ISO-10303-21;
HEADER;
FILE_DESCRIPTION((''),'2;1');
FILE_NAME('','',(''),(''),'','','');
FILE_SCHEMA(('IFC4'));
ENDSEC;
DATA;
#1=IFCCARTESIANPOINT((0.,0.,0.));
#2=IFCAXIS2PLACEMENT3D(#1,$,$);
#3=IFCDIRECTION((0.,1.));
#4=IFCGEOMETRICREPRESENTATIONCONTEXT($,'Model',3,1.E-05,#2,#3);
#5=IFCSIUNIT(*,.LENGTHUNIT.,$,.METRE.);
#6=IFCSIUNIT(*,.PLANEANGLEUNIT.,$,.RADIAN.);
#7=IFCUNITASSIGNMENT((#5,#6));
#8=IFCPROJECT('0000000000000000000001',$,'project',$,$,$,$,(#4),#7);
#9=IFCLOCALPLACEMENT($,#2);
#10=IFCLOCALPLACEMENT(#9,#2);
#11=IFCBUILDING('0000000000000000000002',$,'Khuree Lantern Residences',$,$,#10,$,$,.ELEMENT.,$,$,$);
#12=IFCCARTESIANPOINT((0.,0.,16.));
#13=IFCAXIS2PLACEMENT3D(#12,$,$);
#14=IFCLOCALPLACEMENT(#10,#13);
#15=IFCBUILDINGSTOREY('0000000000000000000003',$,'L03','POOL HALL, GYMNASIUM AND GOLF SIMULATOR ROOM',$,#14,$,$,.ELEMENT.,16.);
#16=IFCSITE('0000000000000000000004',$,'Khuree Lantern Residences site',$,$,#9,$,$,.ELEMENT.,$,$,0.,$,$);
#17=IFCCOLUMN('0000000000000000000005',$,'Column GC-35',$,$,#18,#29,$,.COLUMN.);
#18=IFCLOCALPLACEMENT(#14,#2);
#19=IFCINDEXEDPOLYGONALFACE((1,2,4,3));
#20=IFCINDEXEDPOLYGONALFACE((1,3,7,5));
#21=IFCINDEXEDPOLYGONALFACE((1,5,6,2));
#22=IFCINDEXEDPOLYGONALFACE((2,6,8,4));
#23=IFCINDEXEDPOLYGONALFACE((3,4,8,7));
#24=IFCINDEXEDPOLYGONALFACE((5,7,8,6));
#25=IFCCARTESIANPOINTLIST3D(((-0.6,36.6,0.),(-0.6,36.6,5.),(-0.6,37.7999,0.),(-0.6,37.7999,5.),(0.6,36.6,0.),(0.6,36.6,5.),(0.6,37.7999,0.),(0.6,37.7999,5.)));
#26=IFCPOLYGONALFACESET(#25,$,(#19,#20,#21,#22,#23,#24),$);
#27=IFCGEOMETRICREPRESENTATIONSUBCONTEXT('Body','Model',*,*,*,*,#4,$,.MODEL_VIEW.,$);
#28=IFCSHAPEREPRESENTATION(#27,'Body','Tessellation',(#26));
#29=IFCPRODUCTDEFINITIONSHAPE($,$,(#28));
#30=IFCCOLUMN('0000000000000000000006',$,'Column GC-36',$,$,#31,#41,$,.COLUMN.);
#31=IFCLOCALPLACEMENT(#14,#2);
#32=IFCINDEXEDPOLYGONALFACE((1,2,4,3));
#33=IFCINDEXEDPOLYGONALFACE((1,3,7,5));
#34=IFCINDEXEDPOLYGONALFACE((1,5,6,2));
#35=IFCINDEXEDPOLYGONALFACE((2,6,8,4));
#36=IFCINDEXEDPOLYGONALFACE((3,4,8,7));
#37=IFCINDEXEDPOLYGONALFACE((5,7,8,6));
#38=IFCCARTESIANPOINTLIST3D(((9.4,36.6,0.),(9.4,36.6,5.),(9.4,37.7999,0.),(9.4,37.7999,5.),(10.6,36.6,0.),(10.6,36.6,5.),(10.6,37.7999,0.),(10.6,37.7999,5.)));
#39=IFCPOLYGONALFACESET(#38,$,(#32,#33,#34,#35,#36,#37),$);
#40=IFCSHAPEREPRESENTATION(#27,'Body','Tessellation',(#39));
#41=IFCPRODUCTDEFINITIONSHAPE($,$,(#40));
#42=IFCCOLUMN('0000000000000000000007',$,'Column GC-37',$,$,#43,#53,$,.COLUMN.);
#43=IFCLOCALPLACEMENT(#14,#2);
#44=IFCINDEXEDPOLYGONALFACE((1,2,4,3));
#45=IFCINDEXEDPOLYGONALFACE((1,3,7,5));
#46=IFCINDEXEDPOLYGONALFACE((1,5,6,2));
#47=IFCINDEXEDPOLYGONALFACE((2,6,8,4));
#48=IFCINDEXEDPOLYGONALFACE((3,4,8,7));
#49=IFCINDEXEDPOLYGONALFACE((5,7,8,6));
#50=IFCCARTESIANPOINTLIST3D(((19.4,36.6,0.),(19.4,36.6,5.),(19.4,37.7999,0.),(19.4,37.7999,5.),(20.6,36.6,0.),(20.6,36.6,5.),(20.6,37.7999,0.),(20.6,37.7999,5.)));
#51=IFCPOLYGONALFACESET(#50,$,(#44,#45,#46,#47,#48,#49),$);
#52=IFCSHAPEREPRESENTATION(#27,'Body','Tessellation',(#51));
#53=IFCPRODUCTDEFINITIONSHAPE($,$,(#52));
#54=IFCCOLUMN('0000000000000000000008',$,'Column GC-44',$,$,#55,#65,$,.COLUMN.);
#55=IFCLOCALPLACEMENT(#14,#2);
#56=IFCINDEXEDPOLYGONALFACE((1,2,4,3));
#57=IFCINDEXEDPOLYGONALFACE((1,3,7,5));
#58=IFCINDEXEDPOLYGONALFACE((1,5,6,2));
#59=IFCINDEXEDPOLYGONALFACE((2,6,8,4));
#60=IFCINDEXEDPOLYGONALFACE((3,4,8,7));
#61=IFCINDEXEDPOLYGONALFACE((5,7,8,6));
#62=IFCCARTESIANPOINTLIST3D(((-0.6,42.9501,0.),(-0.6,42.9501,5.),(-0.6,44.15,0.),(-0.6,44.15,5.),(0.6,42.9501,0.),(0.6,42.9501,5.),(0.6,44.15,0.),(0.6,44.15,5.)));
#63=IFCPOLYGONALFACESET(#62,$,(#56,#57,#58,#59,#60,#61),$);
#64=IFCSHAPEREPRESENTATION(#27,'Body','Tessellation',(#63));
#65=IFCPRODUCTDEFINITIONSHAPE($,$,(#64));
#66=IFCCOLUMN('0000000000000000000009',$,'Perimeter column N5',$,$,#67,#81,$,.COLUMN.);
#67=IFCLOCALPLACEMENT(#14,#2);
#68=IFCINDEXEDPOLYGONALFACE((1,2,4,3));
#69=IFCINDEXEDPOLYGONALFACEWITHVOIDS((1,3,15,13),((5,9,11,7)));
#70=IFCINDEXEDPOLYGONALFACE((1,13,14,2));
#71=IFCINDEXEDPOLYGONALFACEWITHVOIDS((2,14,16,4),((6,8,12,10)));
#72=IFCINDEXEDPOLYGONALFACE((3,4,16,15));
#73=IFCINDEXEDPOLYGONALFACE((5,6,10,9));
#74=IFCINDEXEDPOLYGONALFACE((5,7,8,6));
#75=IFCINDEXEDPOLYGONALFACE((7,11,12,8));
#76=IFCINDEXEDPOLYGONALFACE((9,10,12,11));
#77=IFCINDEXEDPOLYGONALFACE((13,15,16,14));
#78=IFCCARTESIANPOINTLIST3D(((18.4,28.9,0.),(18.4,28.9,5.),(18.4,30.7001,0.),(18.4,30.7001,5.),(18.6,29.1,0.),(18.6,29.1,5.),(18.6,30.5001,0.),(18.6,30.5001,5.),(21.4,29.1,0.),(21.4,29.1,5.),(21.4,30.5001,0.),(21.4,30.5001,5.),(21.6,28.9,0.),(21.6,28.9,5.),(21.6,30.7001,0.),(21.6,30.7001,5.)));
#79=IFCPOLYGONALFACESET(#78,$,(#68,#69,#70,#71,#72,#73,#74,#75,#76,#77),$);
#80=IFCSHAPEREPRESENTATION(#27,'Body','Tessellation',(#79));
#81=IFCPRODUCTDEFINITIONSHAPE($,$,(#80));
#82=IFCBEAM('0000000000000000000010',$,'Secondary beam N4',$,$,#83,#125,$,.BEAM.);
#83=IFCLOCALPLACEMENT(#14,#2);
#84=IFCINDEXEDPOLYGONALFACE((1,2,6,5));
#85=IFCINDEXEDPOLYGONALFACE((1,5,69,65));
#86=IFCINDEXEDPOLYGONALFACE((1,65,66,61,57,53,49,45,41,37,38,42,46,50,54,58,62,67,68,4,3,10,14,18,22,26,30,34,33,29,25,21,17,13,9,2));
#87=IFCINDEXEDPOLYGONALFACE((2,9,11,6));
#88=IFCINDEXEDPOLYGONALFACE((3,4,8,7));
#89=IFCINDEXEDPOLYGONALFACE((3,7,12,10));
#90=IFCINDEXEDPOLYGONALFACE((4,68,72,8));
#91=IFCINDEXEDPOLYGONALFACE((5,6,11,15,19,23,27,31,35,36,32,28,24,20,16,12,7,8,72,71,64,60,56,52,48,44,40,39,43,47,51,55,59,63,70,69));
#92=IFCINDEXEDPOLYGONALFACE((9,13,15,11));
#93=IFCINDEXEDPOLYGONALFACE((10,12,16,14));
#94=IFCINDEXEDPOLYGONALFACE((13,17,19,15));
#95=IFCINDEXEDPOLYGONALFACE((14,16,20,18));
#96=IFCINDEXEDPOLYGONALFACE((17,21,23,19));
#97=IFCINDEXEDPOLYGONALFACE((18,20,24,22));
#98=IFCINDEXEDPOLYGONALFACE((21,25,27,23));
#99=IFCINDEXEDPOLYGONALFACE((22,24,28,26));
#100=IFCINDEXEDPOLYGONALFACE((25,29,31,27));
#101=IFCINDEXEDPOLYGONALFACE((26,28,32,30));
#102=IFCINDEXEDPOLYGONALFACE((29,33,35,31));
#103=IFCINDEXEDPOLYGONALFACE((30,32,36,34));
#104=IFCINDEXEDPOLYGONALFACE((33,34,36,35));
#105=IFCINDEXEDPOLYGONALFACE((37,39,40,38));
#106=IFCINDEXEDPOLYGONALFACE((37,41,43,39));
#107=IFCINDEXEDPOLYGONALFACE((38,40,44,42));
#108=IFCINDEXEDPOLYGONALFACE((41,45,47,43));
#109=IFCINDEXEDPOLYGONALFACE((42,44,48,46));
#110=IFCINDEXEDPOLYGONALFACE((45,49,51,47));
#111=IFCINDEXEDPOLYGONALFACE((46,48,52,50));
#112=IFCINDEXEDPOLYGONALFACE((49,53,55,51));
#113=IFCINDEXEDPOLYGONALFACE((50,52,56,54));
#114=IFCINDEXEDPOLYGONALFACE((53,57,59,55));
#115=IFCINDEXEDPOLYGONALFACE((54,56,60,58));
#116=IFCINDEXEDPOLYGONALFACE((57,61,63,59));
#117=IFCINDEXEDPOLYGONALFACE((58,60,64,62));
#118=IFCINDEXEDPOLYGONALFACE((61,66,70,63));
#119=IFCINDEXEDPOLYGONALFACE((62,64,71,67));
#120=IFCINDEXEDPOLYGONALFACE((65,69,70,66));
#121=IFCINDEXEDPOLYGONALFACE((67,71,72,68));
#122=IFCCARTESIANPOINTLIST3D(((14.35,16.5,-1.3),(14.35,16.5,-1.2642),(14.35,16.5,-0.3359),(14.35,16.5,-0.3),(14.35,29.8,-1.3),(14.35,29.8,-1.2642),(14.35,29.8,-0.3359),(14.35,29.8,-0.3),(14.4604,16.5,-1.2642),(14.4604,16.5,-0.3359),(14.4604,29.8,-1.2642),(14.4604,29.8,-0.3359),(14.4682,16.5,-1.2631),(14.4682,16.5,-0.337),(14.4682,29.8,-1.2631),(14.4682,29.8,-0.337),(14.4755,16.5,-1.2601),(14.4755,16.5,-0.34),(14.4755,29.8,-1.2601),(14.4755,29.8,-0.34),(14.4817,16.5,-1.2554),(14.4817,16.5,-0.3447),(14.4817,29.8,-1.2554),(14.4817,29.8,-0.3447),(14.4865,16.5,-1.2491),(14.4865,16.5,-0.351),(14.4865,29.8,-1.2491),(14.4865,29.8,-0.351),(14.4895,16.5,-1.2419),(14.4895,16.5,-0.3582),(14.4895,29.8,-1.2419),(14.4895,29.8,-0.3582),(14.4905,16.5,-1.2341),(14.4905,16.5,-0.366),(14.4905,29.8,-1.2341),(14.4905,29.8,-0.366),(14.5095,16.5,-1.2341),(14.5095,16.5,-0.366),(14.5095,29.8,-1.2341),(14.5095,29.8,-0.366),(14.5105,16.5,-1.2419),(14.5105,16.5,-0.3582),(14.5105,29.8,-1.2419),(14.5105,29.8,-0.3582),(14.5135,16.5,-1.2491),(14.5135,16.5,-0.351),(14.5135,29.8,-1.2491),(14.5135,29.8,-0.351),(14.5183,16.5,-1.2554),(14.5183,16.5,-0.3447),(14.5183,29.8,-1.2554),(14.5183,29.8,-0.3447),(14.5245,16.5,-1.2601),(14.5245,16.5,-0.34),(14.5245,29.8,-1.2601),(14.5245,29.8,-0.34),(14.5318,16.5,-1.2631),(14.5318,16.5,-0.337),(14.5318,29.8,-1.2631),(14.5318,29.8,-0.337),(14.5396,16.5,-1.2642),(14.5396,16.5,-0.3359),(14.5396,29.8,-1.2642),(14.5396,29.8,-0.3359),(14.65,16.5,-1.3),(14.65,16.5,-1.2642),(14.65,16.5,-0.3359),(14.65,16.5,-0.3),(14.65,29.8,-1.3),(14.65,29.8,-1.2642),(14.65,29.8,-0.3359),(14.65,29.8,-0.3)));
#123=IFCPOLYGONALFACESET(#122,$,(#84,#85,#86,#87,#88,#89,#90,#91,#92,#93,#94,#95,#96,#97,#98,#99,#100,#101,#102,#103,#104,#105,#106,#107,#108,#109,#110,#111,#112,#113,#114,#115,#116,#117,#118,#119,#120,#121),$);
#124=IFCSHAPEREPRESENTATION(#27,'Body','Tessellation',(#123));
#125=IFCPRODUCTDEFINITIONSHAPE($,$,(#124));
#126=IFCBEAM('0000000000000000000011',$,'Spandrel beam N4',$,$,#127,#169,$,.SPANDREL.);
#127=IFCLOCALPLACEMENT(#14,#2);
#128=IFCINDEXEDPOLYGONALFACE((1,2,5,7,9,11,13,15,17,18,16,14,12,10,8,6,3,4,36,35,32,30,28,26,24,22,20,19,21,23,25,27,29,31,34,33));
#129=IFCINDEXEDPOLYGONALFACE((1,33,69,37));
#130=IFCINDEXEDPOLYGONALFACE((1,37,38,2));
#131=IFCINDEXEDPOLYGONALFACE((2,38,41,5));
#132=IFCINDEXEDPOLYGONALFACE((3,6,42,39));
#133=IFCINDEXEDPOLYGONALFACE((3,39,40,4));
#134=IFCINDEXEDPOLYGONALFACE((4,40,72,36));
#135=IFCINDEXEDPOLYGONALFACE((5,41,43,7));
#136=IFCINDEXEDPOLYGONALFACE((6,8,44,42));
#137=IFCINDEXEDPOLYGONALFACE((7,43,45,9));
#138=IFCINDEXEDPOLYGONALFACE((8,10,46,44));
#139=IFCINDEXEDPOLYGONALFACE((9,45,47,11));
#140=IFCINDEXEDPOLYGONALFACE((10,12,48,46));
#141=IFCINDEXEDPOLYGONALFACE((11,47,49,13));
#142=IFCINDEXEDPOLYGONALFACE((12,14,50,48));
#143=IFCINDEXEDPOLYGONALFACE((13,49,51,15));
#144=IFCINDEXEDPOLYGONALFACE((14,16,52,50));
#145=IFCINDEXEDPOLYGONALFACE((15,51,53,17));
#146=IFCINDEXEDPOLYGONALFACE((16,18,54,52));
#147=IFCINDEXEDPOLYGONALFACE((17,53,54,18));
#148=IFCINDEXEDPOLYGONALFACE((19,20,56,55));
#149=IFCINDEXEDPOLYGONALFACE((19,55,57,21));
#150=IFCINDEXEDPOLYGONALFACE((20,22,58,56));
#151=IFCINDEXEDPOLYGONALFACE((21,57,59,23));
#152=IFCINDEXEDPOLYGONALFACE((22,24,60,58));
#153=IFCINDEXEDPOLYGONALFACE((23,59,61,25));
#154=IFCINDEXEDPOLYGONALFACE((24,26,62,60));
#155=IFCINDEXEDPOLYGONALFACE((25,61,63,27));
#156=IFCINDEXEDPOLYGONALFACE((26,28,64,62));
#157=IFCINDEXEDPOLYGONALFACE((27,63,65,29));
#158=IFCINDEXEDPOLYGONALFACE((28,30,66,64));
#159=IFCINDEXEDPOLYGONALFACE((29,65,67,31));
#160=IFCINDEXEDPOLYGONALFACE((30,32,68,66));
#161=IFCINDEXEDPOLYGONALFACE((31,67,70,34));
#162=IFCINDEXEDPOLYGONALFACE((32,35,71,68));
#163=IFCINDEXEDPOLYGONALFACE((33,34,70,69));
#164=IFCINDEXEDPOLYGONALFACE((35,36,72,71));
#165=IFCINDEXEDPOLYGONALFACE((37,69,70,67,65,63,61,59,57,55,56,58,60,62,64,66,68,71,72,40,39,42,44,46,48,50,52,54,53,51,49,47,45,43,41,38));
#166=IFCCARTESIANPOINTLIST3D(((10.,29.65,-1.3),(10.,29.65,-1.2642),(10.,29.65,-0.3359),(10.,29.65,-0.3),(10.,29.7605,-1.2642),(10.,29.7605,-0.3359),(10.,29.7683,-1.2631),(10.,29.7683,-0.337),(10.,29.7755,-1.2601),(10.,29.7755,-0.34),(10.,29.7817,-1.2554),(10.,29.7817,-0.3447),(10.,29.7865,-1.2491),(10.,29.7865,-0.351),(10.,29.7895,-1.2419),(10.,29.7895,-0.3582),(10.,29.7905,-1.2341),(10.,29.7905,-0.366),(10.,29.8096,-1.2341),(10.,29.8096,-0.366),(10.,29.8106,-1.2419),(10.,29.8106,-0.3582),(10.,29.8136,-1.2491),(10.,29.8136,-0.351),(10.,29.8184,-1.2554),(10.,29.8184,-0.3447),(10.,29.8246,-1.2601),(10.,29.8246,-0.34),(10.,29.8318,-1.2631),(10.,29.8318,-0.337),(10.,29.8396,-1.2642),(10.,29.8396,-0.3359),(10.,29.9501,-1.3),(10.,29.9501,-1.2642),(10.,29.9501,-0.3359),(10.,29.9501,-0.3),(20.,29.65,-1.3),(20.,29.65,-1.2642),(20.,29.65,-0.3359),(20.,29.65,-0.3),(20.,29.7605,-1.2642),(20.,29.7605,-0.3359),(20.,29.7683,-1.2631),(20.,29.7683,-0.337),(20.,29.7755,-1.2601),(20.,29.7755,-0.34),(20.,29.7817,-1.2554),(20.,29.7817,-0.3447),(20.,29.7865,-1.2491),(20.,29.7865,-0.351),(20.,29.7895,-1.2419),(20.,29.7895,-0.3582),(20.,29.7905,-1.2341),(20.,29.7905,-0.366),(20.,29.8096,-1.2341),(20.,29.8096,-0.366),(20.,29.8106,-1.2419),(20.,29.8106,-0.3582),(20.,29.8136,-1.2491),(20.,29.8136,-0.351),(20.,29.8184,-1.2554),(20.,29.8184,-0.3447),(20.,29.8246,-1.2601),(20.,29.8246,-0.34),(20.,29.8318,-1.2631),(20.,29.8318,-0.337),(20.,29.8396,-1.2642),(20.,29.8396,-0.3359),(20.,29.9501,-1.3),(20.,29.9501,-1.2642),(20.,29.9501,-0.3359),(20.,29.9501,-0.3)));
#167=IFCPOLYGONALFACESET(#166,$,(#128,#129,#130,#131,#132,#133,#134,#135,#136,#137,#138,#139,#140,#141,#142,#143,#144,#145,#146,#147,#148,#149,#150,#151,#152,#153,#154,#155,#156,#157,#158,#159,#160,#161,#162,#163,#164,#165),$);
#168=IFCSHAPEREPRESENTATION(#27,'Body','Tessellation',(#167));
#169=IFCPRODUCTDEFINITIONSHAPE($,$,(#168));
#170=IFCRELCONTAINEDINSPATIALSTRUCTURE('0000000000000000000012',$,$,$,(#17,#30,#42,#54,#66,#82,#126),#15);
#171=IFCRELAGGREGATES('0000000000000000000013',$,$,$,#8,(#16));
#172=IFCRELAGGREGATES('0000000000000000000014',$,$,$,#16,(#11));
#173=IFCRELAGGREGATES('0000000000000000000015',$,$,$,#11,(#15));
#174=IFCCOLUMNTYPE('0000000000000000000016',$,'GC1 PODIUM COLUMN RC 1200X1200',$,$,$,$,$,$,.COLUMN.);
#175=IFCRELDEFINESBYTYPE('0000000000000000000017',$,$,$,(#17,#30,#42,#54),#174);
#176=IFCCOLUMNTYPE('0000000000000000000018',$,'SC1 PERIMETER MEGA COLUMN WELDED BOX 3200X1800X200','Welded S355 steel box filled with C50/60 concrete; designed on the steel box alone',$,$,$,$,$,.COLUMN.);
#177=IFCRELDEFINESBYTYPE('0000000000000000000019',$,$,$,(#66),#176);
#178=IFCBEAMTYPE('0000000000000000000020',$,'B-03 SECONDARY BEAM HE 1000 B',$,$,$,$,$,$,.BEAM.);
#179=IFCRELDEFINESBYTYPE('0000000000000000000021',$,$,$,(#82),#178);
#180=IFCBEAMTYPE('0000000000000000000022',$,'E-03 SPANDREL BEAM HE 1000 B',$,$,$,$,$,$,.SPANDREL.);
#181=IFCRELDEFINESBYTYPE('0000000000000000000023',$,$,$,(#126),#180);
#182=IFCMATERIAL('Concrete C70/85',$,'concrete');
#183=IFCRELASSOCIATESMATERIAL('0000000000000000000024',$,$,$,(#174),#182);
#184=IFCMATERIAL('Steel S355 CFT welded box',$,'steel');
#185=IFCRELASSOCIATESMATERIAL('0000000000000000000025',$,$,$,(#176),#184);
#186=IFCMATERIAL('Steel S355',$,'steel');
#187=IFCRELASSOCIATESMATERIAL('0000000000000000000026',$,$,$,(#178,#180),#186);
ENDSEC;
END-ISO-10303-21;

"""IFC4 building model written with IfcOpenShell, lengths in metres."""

from ifc_helpers import new_model, si_unit, direction, frame, origin, origin_2d, place, context, subcontext, project, spatial, rectangle, hollow_rectangle, i_section, extrude, material, material_profile, profile_set, type_object, element, save


model = new_model("IFC4")

# Units and contexts
model_context = context("Model", 3, precision=1e-05, world=origin(), true_north=direction((0.0, 1.0)))
body_context = subcontext(model_context, "Body", "Model", "MODEL_VIEW")
ifc_project = project(units=[si_unit("LENGTHUNIT", "METRE"), si_unit("PLANEANGLEUNIT", "RADIAN")], contexts=[model_context])

# Site, building, storey
site_placement = place(None, origin())
site = spatial("IfcSite", under=ifc_project, at=site_placement, Name="Khuree Lantern Residences site", CompositionType="ELEMENT", RefElevation=0.0)
building_placement = place(site_placement, origin())
building = spatial("IfcBuilding", under=site, at=building_placement, Name="Khuree Lantern Residences", CompositionType="ELEMENT")
storey_placement = place(building_placement, frame((0.0, 0.0, 16.0)))
storey = spatial("IfcBuildingStorey", under=building, at=storey_placement, Name="L03", Description="POOL HALL, GYMNASIUM AND GOLF SIMULATOR ROOM", CompositionType="ELEMENT", Elevation=16.0)

# Columns
ifc_material_1 = material(Name="Concrete C70/85", Category="concrete")
ifc_material_profile_1 = material_profile(ifc_material_1, rectangle(XDim=1.2, YDim=1.2, at=origin_2d()), Name="RC 1200X1200")
ifc_profile_set_1 = profile_set([ifc_material_profile_1], Name="Concrete C70/85")
column_type_1 = type_object("IfcColumnType", Name="GC1 PODIUM COLUMN RC 1200X1200", PredefinedType="COLUMN", material=ifc_profile_set_1)
for number, where, z_axis, x_axis, name in (
    (1, (0.0, 37.2, 0.0), (0.0, 0.0, 1.0), (1.0, 0.0, 0.0), "Column GC-35"),
    (2, (10.0, 37.2, 0.0), (0.0, 0.0, 1.0), (1.0, 0.0, 0.0), "Column GC-36"),
    (3, (20.0, 37.2, 0.0), (0.0, 0.0, 1.0), (1.0, 0.0, 0.0), "Column GC-37"),
    (4, (0.0, 43.55, 0.0), (0.0, 0.0, 1.0), (1.0, 0.0, 0.0), "Column GC-44"),
):
    element("IfcColumn", number, at=place(storey_placement, frame(where, z_axis=z_axis, x_axis=x_axis)), inside=storey, type_object=column_type_1, Name=name, PredefinedType="COLUMN", context=body_context, shape_type="SweptSolid", body=[
        extrude(rectangle(XDim=1.2, YDim=1.2, at=origin_2d()), origin(), (0.0, 0.0, 1.0), 5.0),
    ])
ifc_material_2 = material(Name="Steel S355 CFT welded box", Category="steel")
ifc_material_profile_2 = material_profile(ifc_material_2, hollow_rectangle(XDim=3.2, YDim=1.8, WallThickness=0.2, at=origin_2d()), Name="WELDED BOX 3200X1800X200")
ifc_profile_set_2 = profile_set([ifc_material_profile_2], Name="Steel S355 CFT welded box")
column_type_2 = type_object("IfcColumnType", Name="SC1 PERIMETER MEGA COLUMN WELDED BOX 3200X1800X200", Description="Welded S355 steel box filled with C50/60 concrete; designed on the steel box alone", PredefinedType="COLUMN", material=ifc_profile_set_2)
column_placement = place(storey_placement, frame((20.0, 29.8, 0.0), z_axis=(0.0, 0.0, 1.0), x_axis=(1.0, 0.0, 0.0)))
element("IfcColumn", 5, at=column_placement, inside=storey, type_object=column_type_2, Name="Perimeter column N5", PredefinedType="COLUMN", context=body_context, shape_type="SweptSolid", body=[
    extrude(hollow_rectangle(XDim=3.2, YDim=1.8, WallThickness=0.2, at=origin_2d()), origin(), (0.0, 0.0, 1.0), 5.0),
])

# Beams
ifc_material_3 = material(Name="Steel S355", Category="steel")
ifc_material_profile_3 = material_profile(ifc_material_3, i_section(OverallWidth=0.3, OverallDepth=1.0, WebThickness=0.019, FlangeThickness=0.0359, FilletRadius=0.03, at=origin_2d()), Name="HE 1000 B")
ifc_profile_set_3 = profile_set([ifc_material_profile_3], Name="Steel S355")
beam_type_1 = type_object("IfcBeamType", Name="B-03 SECONDARY BEAM HE 1000 B", PredefinedType="BEAM", material=ifc_profile_set_3)
beam_1_placement = place(storey_placement, frame((14.5, 29.8, -0.8), z_axis=(0.0, -1.0, 0.0), x_axis=(1.0, 0.0, 0.0)))
element("IfcBeam", 6, at=beam_1_placement, inside=storey, type_object=beam_type_1, Name="Secondary beam N4", PredefinedType="BEAM", context=body_context, shape_type="SweptSolid", body=[
    extrude(i_section(OverallWidth=0.3, OverallDepth=1.0, WebThickness=0.019, FlangeThickness=0.0359, FilletRadius=0.03, at=origin_2d()), origin(), (0.0, 0.0, 1.0), 13.3),
])
ifc_material_profile_4 = material_profile(ifc_material_3, i_section(OverallWidth=0.3, OverallDepth=1.0, WebThickness=0.019, FlangeThickness=0.0359, FilletRadius=0.03, at=origin_2d()), Name="HE 1000 B")
ifc_profile_set_4 = profile_set([ifc_material_profile_4], Name="Steel S355")
beam_type_2 = type_object("IfcBeamType", Name="E-03 SPANDREL BEAM HE 1000 B", PredefinedType="SPANDREL", material=ifc_profile_set_4)
beam_2_placement = place(storey_placement, frame((10.0, 29.8, -0.8), z_axis=(1.0, 0.0, 0.0), x_axis=(0.0, 1.0, 0.0)))
element("IfcBeam", 7, at=beam_2_placement, inside=storey, type_object=beam_type_2, Name="Spandrel beam N4", PredefinedType="SPANDREL", context=body_context, shape_type="SweptSolid", body=[
    extrude(i_section(OverallWidth=0.3, OverallDepth=1.0, WebThickness=0.019, FlangeThickness=0.0359, FilletRadius=0.03, at=origin_2d()), origin(), (0.0, 0.0, 1.0), 10.0),
])

save(model, "model.ifc")
